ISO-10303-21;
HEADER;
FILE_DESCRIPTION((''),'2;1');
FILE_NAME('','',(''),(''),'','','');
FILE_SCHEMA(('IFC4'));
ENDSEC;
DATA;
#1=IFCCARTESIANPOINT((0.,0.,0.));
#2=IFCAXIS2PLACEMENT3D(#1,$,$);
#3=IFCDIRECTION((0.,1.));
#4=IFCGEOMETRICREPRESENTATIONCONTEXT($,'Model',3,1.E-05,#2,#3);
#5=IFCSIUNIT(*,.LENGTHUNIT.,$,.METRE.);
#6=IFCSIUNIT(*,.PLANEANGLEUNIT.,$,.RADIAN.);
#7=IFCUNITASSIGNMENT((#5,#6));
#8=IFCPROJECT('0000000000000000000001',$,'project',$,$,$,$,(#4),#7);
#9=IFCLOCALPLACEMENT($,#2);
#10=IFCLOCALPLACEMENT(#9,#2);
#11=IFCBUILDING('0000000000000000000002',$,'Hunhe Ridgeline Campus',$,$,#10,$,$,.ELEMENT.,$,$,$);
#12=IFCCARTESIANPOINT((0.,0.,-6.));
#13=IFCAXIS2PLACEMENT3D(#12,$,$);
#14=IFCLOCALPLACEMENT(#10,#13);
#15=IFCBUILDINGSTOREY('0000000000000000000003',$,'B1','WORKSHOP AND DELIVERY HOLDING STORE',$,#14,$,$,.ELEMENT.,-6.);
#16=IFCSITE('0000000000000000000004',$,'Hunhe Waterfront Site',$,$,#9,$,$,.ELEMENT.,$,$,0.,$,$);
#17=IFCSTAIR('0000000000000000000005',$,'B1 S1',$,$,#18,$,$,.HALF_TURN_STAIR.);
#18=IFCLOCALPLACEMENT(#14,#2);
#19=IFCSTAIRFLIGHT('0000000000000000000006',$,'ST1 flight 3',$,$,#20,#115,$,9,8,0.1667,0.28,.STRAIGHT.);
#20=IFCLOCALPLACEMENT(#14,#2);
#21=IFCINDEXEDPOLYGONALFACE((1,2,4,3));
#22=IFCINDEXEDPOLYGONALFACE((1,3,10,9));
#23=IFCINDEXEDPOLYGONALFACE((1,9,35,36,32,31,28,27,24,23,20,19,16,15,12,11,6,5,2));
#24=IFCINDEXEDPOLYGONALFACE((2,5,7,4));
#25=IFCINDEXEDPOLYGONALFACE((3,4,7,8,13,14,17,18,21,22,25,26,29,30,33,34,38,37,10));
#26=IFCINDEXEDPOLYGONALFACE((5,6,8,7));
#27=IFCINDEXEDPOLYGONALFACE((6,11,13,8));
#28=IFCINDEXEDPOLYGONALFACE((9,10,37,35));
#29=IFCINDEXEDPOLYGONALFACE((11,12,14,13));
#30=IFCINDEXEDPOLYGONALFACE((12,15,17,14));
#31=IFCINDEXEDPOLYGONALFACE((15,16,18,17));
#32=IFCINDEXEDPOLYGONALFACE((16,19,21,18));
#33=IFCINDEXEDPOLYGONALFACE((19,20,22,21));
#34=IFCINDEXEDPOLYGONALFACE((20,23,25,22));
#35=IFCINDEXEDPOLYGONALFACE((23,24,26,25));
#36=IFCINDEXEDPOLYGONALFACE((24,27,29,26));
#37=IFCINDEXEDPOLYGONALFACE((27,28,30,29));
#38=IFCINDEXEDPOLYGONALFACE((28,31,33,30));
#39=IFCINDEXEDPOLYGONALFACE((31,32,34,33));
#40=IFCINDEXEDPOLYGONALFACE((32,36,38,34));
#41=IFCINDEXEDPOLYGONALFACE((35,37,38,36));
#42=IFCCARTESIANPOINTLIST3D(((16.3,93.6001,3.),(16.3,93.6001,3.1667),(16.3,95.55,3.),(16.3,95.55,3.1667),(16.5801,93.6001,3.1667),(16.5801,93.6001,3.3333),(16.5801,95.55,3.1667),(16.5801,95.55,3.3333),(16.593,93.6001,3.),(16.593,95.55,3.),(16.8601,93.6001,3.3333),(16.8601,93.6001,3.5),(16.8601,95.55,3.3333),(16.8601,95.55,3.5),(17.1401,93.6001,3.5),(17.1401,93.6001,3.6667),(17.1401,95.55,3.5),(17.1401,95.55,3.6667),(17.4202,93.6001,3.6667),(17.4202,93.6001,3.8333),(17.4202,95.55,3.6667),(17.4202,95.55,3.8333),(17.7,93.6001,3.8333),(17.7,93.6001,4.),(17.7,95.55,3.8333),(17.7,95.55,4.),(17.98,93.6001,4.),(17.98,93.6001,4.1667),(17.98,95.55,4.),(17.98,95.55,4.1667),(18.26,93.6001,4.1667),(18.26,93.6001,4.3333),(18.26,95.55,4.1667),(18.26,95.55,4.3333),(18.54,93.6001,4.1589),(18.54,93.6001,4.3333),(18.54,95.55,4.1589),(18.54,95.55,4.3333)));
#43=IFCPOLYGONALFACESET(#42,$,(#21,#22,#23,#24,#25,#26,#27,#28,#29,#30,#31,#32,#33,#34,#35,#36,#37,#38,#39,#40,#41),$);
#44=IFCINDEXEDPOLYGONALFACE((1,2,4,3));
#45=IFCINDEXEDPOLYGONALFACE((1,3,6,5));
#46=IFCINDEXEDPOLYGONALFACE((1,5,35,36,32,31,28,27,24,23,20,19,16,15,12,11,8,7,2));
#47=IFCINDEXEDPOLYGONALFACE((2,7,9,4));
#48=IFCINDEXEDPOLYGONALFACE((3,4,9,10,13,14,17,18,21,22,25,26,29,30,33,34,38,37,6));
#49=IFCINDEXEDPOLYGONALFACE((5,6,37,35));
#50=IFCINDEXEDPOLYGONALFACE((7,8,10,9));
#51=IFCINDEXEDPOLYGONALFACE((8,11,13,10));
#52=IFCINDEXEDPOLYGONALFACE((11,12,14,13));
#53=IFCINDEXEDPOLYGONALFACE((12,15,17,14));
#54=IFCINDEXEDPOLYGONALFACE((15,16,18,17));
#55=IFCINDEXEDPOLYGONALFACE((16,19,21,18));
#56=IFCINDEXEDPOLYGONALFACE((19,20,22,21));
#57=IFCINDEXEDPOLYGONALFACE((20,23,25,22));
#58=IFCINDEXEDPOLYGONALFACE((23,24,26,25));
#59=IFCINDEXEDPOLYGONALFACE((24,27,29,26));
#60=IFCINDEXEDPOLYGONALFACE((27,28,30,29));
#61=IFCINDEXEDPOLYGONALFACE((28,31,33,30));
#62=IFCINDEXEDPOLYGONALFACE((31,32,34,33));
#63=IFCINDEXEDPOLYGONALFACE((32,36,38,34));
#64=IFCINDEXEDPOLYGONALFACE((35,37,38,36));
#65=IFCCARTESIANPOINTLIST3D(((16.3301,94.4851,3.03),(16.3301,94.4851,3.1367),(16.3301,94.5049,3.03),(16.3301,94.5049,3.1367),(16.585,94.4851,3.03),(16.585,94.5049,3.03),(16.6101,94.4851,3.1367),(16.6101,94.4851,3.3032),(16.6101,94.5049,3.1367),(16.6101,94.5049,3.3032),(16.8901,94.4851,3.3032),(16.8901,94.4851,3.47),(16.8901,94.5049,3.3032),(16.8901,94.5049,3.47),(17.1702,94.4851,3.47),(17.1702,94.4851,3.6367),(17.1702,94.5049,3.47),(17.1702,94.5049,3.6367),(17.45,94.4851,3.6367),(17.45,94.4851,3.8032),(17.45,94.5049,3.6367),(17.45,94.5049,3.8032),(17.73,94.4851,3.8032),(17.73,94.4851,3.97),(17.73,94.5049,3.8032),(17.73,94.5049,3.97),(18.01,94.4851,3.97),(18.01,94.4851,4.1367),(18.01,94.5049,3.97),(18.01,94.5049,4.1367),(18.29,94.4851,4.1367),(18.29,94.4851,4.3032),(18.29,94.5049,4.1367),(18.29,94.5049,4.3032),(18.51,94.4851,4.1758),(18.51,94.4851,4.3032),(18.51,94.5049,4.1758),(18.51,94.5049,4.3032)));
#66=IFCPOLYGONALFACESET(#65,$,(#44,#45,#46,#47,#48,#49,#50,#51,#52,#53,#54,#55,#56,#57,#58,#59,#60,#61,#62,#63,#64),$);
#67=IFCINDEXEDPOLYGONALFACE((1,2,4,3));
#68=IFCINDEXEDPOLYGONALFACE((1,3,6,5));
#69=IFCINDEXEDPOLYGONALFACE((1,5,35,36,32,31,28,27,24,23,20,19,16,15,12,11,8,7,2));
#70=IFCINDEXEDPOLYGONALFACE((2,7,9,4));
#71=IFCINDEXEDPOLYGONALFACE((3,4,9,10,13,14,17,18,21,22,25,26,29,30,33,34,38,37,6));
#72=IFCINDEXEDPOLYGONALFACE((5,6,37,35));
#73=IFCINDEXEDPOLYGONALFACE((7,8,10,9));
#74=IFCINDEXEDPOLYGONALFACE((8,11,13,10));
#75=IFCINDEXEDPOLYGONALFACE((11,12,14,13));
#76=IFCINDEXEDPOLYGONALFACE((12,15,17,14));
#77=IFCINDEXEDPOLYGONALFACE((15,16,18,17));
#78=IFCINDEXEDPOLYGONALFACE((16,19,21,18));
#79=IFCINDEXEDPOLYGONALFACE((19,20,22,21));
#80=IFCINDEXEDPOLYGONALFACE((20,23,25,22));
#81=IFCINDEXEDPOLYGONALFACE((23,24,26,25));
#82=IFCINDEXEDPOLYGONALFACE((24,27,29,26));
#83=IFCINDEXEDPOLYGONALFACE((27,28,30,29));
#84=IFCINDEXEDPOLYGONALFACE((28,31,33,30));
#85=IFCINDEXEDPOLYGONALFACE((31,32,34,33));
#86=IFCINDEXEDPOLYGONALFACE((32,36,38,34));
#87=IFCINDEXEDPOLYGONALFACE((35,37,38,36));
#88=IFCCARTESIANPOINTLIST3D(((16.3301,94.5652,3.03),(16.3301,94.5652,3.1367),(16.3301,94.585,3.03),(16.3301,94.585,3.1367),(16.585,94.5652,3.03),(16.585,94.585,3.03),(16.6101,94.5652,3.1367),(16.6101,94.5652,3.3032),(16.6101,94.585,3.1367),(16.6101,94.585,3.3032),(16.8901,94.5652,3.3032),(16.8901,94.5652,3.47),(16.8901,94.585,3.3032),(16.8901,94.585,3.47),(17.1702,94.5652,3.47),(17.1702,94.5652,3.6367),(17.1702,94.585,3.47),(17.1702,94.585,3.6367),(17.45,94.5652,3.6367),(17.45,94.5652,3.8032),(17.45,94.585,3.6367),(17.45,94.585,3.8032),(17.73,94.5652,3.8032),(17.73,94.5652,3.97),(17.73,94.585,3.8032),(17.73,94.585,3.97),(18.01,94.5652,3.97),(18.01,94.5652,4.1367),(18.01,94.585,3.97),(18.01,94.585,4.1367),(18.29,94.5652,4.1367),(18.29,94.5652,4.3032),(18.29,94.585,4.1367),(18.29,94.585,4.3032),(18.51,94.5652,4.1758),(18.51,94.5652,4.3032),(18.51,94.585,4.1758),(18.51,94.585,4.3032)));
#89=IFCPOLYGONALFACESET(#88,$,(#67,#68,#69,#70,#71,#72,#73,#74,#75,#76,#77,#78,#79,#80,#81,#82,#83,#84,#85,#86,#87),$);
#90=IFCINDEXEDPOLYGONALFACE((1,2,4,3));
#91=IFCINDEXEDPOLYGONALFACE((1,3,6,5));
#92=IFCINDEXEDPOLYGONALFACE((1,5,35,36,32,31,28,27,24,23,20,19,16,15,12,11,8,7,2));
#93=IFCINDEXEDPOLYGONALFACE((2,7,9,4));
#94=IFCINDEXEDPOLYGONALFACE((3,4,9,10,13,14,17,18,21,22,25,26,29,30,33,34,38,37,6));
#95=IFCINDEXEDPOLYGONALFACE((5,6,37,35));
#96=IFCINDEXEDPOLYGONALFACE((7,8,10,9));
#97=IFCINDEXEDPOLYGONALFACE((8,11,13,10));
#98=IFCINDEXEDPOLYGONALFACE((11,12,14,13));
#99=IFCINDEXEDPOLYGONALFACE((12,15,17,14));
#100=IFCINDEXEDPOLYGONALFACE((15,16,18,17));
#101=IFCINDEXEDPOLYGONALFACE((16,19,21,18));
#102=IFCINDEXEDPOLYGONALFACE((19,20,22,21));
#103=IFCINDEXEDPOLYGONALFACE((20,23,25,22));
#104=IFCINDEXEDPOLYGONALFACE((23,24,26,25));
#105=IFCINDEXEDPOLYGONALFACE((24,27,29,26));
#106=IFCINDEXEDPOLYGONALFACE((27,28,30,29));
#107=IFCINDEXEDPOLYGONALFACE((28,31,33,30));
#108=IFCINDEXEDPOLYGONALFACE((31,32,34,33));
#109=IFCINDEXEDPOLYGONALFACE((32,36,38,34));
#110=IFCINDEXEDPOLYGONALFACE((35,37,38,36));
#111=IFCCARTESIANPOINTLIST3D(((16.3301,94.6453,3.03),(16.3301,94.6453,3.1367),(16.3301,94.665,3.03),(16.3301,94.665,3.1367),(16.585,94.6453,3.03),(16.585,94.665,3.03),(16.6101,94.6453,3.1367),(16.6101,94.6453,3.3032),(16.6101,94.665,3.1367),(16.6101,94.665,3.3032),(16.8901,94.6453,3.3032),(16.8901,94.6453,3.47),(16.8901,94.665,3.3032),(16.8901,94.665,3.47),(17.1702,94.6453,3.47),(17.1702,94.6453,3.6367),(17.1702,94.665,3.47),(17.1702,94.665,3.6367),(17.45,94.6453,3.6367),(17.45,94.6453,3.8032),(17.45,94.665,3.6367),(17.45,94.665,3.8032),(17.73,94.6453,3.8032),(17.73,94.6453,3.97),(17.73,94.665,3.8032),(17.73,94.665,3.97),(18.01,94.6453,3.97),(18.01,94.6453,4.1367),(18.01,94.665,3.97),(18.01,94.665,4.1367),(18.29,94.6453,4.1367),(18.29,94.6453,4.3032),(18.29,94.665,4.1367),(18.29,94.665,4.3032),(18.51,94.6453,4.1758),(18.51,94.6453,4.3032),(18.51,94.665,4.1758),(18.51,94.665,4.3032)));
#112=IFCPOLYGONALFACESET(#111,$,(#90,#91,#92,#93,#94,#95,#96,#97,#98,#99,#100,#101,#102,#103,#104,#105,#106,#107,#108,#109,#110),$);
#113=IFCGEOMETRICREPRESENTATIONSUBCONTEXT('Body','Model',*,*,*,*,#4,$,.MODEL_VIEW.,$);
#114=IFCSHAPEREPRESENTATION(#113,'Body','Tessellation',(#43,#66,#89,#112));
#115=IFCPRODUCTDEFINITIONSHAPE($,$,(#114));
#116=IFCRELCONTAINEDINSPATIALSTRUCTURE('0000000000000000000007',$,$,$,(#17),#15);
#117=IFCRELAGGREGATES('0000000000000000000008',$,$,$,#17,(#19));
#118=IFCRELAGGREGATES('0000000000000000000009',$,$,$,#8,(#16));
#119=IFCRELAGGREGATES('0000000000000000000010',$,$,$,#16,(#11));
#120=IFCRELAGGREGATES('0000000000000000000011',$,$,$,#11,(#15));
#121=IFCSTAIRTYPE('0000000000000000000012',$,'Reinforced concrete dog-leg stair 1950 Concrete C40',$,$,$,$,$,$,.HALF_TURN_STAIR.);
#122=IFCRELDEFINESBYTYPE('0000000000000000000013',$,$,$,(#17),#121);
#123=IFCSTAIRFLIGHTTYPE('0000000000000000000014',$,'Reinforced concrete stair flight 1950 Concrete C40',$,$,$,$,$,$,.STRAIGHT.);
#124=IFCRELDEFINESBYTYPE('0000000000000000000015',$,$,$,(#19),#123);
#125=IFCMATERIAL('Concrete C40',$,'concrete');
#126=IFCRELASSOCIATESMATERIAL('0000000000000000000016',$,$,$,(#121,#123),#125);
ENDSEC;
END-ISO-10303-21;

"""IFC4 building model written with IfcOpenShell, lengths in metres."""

from ifc_helpers import new_model, si_unit, direction, frame, origin, place, context, subcontext, project, spatial, polyline, outline, extrude, material, type_object, element, aggregate, save


model = new_model("IFC4")

# Units and contexts
model_context = context("Model", 3, precision=1e-05, world=origin(), true_north=direction((0.0, 1.0)))
body_context = subcontext(model_context, "Body", "Model", "MODEL_VIEW")
ifc_project = project(units=[si_unit("LENGTHUNIT", "METRE"), si_unit("PLANEANGLEUNIT", "RADIAN")], contexts=[model_context])

# Site, building, storey
site_placement = place(None, origin())
site = spatial("IfcSite", under=ifc_project, at=site_placement, Name="Hunhe Waterfront Site", CompositionType="ELEMENT", RefElevation=0.0)
building_placement = place(site_placement, origin())
building = spatial("IfcBuilding", under=site, at=building_placement, Name="Hunhe Ridgeline Campus", CompositionType="ELEMENT")
storey_placement = place(building_placement, frame((0.0, 0.0, -6.0)))
storey = spatial("IfcBuildingStorey", under=building, at=storey_placement, Name="B1", Description="WORKSHOP AND DELIVERY HOLDING STORE", CompositionType="ELEMENT", Elevation=-6.0)

# Stair, stair flight
ifc_material_1 = material(Name="Concrete C40", Category="concrete")
stair_type = type_object("IfcStairType", Name="Reinforced concrete dog-leg stair 1950 Concrete C40", PredefinedType="HALF_TURN_STAIR", material=ifc_material_1)
stair_1_placement = place(storey_placement, origin())
stair_1 = element("IfcStair", 1, at=stair_1_placement, inside=storey, type_object=stair_type, Name="B1 S1", PredefinedType="HALF_TURN_STAIR")
stair_flight_type = type_object("IfcStairFlightType", Name="Reinforced concrete stair flight 1950 Concrete C40", PredefinedType="STRAIGHT", material=ifc_material_1)
stair_flight_1_placement = place(storey_placement, frame((16.3, 94.575, 3.0), z_axis=(0.0, 0.0, 1.0), x_axis=(1.0, 0.0, 0.0)))
stair_flight_1 = element("IfcStairFlight", 2, at=stair_flight_1_placement, type_object=stair_flight_type, Name="ST1 flight 3", NumberOfRisers=9, NumberOfTreads=8, PredefinedType="STRAIGHT", RiserHeight=0.1667, TreadLength=0.28, context=body_context, shape_type="SweptSolid", body=[
    extrude(outline(polyline([(0.0, 0.0), (0.0, 0.1667), (0.28, 0.1667), (0.28, 0.3333), (0.5601, 0.3333), (0.5601, 0.5), (0.8401, 0.5), (0.8401, 0.6667), (1.1201, 0.6667), (1.1201, 0.8333), (1.3999, 0.8333), (1.3999, 1.0), (1.6799, 1.0), (1.6799, 1.1667), (1.96, 1.1667), (1.96, 1.3333), (2.24, 1.3333), (2.24, 1.5), (2.24, 1.1589), (0.293, 0.0), (0.0, 0.0)])), frame((0.0, 0.9751, 0.0), z_axis=(0.0, -1.0, 0.0), x_axis=(1.0, 0.0, 0.0)), (0.0, 0.0, 1.0), 1.95),
    extrude(outline(polyline([(0.03, 0.03), (0.03, 0.1367), (0.3101, 0.1367), (0.3101, 0.3032), (0.5901, 0.3032), (0.5901, 0.47), (0.8701, 0.47), (0.8701, 0.6367), (1.1499, 0.6367), (1.1499, 0.8032), (1.4299, 0.8032), (1.4299, 0.97), (1.71, 0.97), (1.71, 1.1367), (1.99, 1.1367), (1.99, 1.3032), (2.21, 1.3032), (2.21, 1.1758), (0.2849, 0.03), (0.03, 0.03)])), frame((0.0, -0.0701, 0.0), z_axis=(0.0, -1.0, 0.0), x_axis=(1.0, 0.0, 0.0)), (0.0, 0.0, 1.0), 0.0198),
    extrude(outline(polyline([(0.03, 0.03), (0.03, 0.1367), (0.3101, 0.1367), (0.3101, 0.3032), (0.5901, 0.3032), (0.5901, 0.47), (0.8701, 0.47), (0.8701, 0.6367), (1.1499, 0.6367), (1.1499, 0.8032), (1.4299, 0.8032), (1.4299, 0.97), (1.71, 0.97), (1.71, 1.1367), (1.99, 1.1367), (1.99, 1.3032), (2.21, 1.3032), (2.21, 1.1758), (0.2849, 0.03), (0.03, 0.03)])), frame((0.0, 0.01, 0.0), z_axis=(0.0, -1.0, 0.0), x_axis=(1.0, 0.0, 0.0)), (0.0, 0.0, 1.0), 0.0198),
    extrude(outline(polyline([(0.03, 0.03), (0.03, 0.1367), (0.3101, 0.1367), (0.3101, 0.3032), (0.5901, 0.3032), (0.5901, 0.47), (0.8701, 0.47), (0.8701, 0.6367), (1.1499, 0.6367), (1.1499, 0.8032), (1.4299, 0.8032), (1.4299, 0.97), (1.71, 0.97), (1.71, 1.1367), (1.99, 1.1367), (1.99, 1.3032), (2.21, 1.3032), (2.21, 1.1758), (0.2849, 0.03), (0.03, 0.03)])), frame((0.0, 0.0901, 0.0), z_axis=(0.0, -1.0, 0.0), x_axis=(1.0, 0.0, 0.0)), (0.0, 0.0, 1.0), 0.0198),
])
aggregate(stair_1, [stair_flight_1])

save(model, "model.ifc")
